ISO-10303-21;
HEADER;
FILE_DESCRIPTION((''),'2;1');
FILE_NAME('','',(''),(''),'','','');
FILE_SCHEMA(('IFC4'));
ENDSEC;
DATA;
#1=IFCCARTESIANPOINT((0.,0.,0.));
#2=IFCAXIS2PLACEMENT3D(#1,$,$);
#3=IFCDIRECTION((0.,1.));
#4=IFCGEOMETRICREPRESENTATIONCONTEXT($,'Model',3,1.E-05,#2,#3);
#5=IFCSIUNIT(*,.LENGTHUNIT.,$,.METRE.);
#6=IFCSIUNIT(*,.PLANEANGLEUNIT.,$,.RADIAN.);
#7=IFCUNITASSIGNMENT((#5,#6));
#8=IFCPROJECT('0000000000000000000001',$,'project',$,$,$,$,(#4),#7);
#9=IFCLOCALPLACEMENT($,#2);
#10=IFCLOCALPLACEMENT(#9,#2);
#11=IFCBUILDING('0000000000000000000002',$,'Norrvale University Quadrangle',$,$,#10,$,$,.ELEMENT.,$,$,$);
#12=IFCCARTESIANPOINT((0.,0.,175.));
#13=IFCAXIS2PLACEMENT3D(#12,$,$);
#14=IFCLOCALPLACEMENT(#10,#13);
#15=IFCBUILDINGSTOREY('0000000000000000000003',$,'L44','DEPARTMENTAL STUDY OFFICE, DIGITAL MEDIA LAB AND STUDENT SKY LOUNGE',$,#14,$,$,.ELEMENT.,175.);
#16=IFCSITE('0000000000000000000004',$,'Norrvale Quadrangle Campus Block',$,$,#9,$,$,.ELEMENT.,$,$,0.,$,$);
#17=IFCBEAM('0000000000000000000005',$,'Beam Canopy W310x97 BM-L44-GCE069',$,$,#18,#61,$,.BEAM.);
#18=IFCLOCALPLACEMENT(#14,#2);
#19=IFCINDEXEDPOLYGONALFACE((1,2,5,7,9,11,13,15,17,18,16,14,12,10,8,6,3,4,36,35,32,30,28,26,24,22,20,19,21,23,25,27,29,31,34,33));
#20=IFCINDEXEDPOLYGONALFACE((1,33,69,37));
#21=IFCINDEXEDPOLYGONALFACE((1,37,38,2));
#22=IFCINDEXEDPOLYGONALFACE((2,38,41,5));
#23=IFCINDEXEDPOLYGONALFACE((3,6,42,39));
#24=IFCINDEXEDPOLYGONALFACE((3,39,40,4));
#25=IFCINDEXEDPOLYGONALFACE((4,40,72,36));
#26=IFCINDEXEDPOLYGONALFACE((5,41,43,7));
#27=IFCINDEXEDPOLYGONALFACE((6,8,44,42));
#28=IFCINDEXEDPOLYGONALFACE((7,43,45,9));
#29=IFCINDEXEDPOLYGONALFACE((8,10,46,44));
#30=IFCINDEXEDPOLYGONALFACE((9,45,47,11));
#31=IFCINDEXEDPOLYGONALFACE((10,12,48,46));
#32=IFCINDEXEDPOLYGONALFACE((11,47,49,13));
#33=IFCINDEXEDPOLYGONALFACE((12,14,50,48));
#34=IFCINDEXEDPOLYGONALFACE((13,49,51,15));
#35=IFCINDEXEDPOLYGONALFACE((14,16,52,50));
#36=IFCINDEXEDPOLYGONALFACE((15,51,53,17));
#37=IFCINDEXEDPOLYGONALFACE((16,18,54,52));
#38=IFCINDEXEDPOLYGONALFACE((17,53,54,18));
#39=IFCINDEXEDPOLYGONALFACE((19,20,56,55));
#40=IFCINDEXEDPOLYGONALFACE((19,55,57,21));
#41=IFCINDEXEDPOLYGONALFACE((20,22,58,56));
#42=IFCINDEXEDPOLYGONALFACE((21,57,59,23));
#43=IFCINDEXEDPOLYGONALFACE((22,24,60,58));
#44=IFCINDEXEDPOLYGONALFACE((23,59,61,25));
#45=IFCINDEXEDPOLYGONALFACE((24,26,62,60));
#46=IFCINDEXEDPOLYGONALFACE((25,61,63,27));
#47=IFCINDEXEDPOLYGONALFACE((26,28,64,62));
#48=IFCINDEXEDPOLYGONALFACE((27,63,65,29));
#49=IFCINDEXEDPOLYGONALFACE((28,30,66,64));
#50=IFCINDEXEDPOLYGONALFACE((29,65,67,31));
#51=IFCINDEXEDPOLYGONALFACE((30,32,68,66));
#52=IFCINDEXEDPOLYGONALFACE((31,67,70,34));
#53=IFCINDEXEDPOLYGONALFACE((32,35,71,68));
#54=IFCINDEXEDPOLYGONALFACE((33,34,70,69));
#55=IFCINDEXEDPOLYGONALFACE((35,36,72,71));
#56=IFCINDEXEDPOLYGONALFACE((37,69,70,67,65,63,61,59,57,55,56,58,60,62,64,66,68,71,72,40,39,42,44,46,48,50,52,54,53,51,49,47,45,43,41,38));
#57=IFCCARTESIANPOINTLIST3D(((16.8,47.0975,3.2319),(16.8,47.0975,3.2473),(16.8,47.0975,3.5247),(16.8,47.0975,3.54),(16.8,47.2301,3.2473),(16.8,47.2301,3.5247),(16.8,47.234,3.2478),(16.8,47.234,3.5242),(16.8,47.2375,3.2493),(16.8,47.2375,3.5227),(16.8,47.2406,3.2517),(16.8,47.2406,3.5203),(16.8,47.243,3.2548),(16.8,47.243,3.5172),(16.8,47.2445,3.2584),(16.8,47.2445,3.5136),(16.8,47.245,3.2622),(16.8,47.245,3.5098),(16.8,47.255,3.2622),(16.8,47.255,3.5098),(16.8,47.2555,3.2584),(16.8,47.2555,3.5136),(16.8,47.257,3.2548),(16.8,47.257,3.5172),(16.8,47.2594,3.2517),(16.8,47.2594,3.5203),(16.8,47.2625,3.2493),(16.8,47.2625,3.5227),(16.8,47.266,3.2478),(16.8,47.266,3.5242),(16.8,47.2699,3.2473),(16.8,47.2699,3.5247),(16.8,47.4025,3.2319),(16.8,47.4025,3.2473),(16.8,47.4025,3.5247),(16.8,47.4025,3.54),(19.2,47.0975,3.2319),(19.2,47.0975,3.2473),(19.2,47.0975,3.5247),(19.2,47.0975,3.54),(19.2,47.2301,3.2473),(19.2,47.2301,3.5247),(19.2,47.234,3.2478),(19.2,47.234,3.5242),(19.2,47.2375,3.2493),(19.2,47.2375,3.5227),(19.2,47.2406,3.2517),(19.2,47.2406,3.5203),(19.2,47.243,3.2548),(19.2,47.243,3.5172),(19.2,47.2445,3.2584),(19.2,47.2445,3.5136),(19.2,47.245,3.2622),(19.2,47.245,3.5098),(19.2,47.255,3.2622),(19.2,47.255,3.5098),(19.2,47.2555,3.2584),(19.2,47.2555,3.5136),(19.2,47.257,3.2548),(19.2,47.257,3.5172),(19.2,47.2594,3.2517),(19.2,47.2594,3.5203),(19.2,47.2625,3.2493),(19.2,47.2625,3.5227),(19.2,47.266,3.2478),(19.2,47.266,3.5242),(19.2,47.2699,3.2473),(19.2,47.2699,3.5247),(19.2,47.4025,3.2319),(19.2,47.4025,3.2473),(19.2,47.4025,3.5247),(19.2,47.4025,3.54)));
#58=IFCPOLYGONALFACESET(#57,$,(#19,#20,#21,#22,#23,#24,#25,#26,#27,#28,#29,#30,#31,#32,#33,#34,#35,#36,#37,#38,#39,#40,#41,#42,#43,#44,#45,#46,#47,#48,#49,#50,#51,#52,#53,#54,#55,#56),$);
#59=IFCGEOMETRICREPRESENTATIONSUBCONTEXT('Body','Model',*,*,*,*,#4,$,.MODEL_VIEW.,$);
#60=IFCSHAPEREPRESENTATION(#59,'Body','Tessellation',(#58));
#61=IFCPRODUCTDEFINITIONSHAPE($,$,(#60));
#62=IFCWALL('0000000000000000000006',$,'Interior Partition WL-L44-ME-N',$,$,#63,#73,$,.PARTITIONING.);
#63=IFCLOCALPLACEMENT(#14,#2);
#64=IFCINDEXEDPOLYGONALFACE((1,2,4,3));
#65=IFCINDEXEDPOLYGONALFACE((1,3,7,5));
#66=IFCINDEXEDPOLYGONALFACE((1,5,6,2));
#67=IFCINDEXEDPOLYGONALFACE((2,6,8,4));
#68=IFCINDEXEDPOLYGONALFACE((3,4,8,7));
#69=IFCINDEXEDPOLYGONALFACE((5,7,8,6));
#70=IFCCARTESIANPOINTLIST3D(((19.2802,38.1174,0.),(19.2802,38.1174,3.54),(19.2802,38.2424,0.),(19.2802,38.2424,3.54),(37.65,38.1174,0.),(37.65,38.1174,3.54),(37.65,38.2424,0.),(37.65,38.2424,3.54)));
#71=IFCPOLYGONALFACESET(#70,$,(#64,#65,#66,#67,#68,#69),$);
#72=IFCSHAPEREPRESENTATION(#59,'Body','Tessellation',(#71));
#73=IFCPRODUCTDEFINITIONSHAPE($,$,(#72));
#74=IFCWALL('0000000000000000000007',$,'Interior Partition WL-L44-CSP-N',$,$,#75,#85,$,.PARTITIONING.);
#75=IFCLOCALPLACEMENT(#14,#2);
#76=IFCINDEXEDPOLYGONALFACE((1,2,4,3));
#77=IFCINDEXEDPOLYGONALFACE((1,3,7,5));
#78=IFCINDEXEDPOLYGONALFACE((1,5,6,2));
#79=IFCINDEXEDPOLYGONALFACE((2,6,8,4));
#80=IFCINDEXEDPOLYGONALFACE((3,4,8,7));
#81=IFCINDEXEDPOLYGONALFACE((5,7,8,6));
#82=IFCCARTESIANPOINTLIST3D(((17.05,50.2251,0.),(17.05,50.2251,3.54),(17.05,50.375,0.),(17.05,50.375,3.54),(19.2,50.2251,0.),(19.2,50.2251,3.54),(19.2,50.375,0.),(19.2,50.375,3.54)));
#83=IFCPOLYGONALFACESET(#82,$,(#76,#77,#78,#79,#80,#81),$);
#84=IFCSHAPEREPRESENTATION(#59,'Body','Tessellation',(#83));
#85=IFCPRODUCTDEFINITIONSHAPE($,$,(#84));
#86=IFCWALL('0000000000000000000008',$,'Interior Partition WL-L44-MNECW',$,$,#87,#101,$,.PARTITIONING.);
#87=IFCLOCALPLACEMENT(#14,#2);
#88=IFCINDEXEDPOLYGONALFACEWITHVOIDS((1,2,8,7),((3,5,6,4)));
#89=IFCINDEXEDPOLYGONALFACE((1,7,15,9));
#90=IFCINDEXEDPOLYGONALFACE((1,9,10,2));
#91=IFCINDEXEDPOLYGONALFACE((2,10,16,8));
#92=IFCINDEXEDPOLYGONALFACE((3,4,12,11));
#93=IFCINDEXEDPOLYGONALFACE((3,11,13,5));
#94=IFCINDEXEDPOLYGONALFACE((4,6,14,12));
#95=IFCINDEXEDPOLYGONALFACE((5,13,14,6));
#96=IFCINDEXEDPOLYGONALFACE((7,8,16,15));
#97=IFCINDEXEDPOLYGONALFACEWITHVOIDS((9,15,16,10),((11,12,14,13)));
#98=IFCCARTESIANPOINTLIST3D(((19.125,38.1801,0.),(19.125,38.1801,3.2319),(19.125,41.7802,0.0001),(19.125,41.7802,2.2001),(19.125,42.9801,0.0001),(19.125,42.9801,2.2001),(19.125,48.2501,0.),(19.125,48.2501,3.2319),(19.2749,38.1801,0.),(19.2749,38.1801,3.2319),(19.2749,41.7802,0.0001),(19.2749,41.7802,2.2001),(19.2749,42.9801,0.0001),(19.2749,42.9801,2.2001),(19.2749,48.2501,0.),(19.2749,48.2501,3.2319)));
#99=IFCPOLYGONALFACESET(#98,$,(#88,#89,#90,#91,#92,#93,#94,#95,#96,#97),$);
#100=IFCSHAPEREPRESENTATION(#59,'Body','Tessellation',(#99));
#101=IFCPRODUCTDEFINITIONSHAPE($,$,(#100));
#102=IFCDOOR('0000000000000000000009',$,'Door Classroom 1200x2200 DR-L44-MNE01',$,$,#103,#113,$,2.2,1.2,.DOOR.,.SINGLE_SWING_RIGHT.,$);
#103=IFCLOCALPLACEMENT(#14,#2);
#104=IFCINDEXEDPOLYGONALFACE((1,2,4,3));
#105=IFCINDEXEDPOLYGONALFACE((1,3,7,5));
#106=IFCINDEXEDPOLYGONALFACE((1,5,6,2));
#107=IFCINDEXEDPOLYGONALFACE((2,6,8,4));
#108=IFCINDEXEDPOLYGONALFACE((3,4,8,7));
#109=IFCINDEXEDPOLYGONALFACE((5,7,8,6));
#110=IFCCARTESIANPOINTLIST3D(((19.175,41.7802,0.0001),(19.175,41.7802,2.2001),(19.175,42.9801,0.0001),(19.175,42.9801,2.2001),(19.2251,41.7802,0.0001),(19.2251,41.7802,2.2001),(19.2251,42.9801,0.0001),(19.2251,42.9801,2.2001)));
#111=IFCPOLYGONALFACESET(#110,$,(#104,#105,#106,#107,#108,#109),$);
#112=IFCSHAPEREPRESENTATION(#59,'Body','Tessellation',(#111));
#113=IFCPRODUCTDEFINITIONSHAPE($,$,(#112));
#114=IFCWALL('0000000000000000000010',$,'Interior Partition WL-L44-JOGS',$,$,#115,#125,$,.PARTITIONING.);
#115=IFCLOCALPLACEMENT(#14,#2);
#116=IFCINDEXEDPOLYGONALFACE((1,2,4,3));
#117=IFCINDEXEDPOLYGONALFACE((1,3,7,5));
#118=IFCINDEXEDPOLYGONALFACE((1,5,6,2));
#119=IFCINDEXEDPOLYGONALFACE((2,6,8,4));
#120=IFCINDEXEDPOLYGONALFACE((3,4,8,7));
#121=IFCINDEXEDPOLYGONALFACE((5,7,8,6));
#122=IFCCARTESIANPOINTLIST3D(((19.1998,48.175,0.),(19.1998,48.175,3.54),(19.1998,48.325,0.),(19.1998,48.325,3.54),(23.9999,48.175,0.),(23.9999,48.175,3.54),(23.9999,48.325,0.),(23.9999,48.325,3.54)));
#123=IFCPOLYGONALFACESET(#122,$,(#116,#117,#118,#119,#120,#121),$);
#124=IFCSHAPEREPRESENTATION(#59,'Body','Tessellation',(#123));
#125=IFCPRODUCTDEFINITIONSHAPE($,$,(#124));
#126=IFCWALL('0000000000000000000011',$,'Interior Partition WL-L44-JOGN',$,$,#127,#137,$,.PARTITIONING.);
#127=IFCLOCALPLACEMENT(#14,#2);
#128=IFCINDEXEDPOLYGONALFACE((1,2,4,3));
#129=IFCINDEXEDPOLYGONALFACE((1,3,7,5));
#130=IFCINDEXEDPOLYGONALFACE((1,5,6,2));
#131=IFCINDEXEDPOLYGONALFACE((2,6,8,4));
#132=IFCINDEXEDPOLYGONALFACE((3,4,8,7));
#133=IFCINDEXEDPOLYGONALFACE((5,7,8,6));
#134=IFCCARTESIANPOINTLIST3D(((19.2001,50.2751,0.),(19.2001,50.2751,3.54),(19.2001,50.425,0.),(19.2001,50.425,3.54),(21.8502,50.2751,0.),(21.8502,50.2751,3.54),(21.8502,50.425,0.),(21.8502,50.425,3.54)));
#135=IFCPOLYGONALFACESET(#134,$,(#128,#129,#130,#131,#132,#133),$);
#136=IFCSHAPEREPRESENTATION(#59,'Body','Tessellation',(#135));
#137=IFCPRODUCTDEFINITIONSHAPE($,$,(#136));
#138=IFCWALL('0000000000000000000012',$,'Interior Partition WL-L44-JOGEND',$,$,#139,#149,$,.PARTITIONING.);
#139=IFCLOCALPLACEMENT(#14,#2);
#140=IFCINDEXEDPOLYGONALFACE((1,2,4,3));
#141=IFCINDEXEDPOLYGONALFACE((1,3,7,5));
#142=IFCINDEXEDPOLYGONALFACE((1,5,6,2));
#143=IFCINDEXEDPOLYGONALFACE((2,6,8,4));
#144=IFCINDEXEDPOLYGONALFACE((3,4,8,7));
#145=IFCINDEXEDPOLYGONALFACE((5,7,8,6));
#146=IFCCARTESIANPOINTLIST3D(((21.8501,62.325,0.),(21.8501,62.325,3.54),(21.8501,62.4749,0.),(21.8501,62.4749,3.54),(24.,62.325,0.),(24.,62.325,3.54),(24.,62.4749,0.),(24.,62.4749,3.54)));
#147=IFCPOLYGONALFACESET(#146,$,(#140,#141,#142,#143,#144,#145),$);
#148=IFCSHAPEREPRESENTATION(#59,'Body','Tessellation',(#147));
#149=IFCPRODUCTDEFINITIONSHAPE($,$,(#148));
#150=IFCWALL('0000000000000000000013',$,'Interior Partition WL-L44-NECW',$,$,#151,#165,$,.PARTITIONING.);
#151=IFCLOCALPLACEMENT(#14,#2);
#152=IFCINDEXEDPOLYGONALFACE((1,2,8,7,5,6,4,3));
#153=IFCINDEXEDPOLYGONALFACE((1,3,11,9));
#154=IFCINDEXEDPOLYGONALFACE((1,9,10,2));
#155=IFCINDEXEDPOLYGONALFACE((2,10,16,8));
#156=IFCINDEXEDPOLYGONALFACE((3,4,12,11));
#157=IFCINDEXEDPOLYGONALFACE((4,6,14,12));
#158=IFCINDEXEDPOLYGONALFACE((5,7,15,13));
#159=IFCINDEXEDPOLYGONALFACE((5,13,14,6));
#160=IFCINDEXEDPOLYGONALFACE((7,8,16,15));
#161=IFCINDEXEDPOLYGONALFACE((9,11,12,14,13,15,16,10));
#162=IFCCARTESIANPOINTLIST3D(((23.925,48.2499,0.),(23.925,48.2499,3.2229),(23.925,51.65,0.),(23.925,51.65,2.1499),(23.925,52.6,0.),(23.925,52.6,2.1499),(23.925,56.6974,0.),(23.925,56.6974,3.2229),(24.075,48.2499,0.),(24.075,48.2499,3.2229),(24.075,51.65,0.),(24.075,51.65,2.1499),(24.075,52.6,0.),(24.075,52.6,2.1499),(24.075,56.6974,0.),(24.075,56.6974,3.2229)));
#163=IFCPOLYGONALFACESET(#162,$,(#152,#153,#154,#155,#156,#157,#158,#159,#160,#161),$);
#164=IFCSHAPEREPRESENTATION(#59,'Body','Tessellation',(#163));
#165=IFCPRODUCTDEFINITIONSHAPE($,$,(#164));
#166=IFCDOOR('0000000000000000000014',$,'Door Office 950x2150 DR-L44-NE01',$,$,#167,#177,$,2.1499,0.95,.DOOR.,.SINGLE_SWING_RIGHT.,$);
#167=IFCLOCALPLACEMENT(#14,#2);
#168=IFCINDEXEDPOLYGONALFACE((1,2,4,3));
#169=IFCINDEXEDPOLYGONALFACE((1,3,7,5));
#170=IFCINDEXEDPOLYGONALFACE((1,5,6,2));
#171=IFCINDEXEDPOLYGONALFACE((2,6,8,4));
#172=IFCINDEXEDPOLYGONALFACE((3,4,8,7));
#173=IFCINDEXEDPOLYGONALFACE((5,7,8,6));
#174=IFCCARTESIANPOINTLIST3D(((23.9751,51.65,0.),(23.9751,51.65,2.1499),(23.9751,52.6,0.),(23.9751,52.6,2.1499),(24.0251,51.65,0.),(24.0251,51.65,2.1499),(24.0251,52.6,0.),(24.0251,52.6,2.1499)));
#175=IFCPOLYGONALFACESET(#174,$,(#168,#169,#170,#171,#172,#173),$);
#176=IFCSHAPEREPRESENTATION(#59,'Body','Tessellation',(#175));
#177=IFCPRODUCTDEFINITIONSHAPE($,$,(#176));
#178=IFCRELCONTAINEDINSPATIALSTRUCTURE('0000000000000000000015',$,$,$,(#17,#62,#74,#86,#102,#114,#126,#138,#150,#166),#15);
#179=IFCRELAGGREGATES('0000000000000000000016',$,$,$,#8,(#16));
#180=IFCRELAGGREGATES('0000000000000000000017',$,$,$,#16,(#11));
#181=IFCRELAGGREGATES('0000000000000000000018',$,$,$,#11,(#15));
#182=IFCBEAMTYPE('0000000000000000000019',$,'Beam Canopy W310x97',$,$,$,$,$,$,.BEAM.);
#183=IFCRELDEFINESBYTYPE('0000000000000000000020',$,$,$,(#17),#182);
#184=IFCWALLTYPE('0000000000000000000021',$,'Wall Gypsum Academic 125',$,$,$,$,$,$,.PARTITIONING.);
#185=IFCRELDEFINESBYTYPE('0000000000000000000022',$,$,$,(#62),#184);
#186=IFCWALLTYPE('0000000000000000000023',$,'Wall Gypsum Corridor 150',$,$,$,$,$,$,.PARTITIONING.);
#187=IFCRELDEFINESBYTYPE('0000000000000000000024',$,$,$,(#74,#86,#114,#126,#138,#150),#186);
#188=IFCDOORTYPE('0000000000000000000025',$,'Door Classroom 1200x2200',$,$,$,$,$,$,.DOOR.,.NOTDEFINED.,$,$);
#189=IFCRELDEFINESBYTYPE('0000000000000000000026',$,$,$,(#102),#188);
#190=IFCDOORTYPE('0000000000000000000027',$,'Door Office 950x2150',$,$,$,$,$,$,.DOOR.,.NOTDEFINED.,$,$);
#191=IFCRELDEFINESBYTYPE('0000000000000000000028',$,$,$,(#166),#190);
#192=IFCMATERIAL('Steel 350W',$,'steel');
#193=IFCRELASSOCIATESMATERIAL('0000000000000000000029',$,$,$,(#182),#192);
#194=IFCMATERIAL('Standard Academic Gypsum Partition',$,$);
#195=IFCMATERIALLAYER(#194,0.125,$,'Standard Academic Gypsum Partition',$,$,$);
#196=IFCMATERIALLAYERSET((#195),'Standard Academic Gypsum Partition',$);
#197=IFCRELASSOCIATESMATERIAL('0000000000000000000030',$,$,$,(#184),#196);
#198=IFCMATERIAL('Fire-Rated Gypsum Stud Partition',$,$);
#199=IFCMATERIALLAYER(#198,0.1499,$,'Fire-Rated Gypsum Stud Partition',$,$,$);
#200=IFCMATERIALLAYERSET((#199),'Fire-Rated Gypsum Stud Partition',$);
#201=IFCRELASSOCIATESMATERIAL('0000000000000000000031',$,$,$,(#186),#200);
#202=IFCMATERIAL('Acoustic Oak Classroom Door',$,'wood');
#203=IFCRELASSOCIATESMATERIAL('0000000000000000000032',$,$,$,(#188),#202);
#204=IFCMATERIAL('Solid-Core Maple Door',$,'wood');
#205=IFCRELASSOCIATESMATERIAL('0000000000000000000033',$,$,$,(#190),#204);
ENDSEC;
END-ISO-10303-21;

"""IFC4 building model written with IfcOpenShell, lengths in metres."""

from ifc_helpers import new_model, si_unit, direction, frame, frame_2d, origin, origin_2d, place, context, subcontext, project, spatial, rectangle, i_section, extrude, material, layer, layer_set, material_profile, profile_set, type_object, element, fill, save


model = new_model("IFC4")

# Units and contexts
model_context = context("Model", 3, precision=1e-05, world=origin(), true_north=direction((0.0, 1.0)))
body_context = subcontext(model_context, "Body", "Model", "MODEL_VIEW")
ifc_project = project(units=[si_unit("LENGTHUNIT", "METRE"), si_unit("PLANEANGLEUNIT", "RADIAN")], contexts=[model_context])

# Site, building, storey
site_placement = place(None, origin())
site = spatial("IfcSite", under=ifc_project, at=site_placement, Name="Norrvale Quadrangle Campus Block", CompositionType="ELEMENT", RefElevation=0.0)
building_placement = place(site_placement, origin())
building = spatial("IfcBuilding", under=site, at=building_placement, Name="Norrvale University Quadrangle", CompositionType="ELEMENT")
storey_placement = place(building_placement, frame((0.0, 0.0, 175.0)))
storey = spatial("IfcBuildingStorey", under=building, at=storey_placement, Name="L44", Description="DEPARTMENTAL STUDY OFFICE, DIGITAL MEDIA LAB AND STUDENT SKY LOUNGE", CompositionType="ELEMENT", Elevation=175.0)

# Beam
ifc_material_1 = material(Name="Steel 350W", Category="steel")
ifc_material_profile_1 = material_profile(ifc_material_1, i_section(OverallWidth=0.3049, OverallDepth=0.3081, WebThickness=0.01, FlangeThickness=0.0154, FilletRadius=0.0149, at=origin_2d()), Name="Steel 350W")
ifc_profile_set_1 = profile_set([ifc_material_profile_1], Name="Steel 350W")
beam_type_1 = type_object("IfcBeamType", Name="Beam Canopy W310x97", PredefinedType="BEAM", material=ifc_profile_set_1)
beam_1_placement = place(storey_placement, frame((16.8, 47.25, 3.386), z_axis=(1.0, 0.0, 0.0), x_axis=(0.0, 1.0, 0.0)))
element("IfcBeam", 1, at=beam_1_placement, inside=storey, type_object=beam_type_1, Name="Beam Canopy W310x97 BM-L44-GCE069", PredefinedType="BEAM", context=body_context, shape_type="SweptSolid", body=[
    extrude(i_section(OverallWidth=0.3049, OverallDepth=0.3081, WebThickness=0.01, FlangeThickness=0.0154, FilletRadius=0.0149, at=origin_2d()), origin(), (0.0, 0.0, 1.0), 2.3999),
])

# Walls
ifc_material_2 = material(Name="Standard Academic Gypsum Partition")
ifc_layer_1 = layer(ifc_material_2, 0.125, Name="Standard Academic Gypsum Partition")
ifc_layer_set_1 = layer_set([ifc_layer_1], Name="Standard Academic Gypsum Partition")
wall_type_1 = type_object("IfcWallType", Name="Wall Gypsum Academic 125", PredefinedType="PARTITIONING", material=ifc_layer_set_1)
wall_1_placement = place(storey_placement, frame((19.28, 38.1799, 0.0), z_axis=(0.0, 0.0, 1.0), x_axis=(1.0, 0.0, 0.0)))
element("IfcWall", 2, at=wall_1_placement, inside=storey, type_object=wall_type_1, Name="Interior Partition WL-L44-ME-N", PredefinedType="PARTITIONING", context=body_context, shape_type="SweptSolid", body=[
    extrude(rectangle(XDim=18.3699, YDim=0.125, at=frame_2d((9.1851, 0.0))), origin(), (0.0, 0.0, 1.0), 3.54),
])
ifc_material_3 = material(Name="Fire-Rated Gypsum Stud Partition")
ifc_layer_2 = layer(ifc_material_3, 0.1499, Name="Fire-Rated Gypsum Stud Partition")
ifc_layer_set_2 = layer_set([ifc_layer_2], Name="Fire-Rated Gypsum Stud Partition")
wall_type_2 = type_object("IfcWallType", Name="Wall Gypsum Corridor 150", PredefinedType="PARTITIONING", material=ifc_layer_set_2)
wall_2_placement = place(storey_placement, frame((17.05, 50.3, 0.0), z_axis=(0.0, 0.0, 1.0), x_axis=(1.0, 0.0, 0.0)))
element("IfcWall", 3, at=wall_2_placement, inside=storey, type_object=wall_type_2, Name="Interior Partition WL-L44-CSP-N", PredefinedType="PARTITIONING", context=body_context, shape_type="SweptSolid", body=[
    extrude(rectangle(XDim=2.1499, YDim=0.1499, at=frame_2d((1.075, 0.0))), origin(), (0.0, 0.0, 1.0), 3.54),
])

# Wall, opening, door
wall_3_placement = place(storey_placement, frame((19.2, 38.1799, 0.0), z_axis=(0.0, 0.0, 1.0), x_axis=(0.0, 1.0, 0.0)))
wall_3 = element("IfcWall", 4, at=wall_3_placement, inside=storey, type_object=wall_type_2, Name="Interior Partition WL-L44-MNECW", PredefinedType="PARTITIONING", context=body_context, shape_type="SweptSolid", body=[
    extrude(rectangle(XDim=10.0701, YDim=0.1499, at=frame_2d((5.0352, 0.0))), origin(), (0.0, 0.0, 1.0), 3.2319),
])
opening_1_placement = place(wall_3_placement, frame((3.6001, 0.0, 0.0)))
opening_1 = element("IfcOpeningElement", 5, at=opening_1_placement, cuts=wall_3, PredefinedType="OPENING", context=body_context, shape_type="SweptSolid", body=[
    extrude(rectangle(XDim=1.2, YDim=2.2, at=frame_2d((0.6001, 1.1001))), frame((0.0, 0.0869, 0.0), z_axis=(0.0, -1.0, 0.0), x_axis=(1.0, 0.0, 0.0)), (0.0, 0.0, 1.0), 0.1738),
])
ifc_material_4 = material(Name="Acoustic Oak Classroom Door", Category="wood")
door_type_1 = type_object("IfcDoorType", Name="Door Classroom 1200x2200", OperationType="NOTDEFINED", PredefinedType="DOOR", material=ifc_material_4)
door_1_placement = place(opening_1_placement, origin())
door_1 = element("IfcDoor", 6, at=door_1_placement, inside=storey, type_object=door_type_1, Name="Door Classroom 1200x2200 DR-L44-MNE01", OperationType="SINGLE_SWING_RIGHT", OverallHeight=2.2, OverallWidth=1.2, PredefinedType="DOOR", context=body_context, shape_type="SweptSolid", body=[
    extrude(rectangle(XDim=1.2, YDim=2.2, at=frame_2d((0.6001, 1.1001))), frame((0.0, 0.0249, 0.0), z_axis=(0.0, -1.0, 0.0), x_axis=(1.0, 0.0, 0.0)), (0.0, 0.0, 1.0), 0.05),
])
fill(opening_1, door_1)

# Walls
wall_4_placement = place(storey_placement, frame((19.2, 48.25, 0.0), z_axis=(0.0, 0.0, 1.0), x_axis=(1.0, 0.0, 0.0)))
element("IfcWall", 7, at=wall_4_placement, inside=storey, type_object=wall_type_2, Name="Interior Partition WL-L44-JOGS", PredefinedType="PARTITIONING", context=body_context, shape_type="SweptSolid", body=[
    extrude(rectangle(XDim=4.8, YDim=0.1499, at=frame_2d((2.3999, 0.0))), origin(), (0.0, 0.0, 1.0), 3.54),
])
wall_5_placement = place(storey_placement, frame((19.2, 50.3501, 0.0), z_axis=(0.0, 0.0, 1.0), x_axis=(1.0, 0.0, 0.0)))
element("IfcWall", 8, at=wall_5_placement, inside=storey, type_object=wall_type_2, Name="Interior Partition WL-L44-JOGN", PredefinedType="PARTITIONING", context=body_context, shape_type="SweptSolid", body=[
    extrude(rectangle(XDim=2.6501, YDim=0.1499, at=frame_2d((1.3252, 0.0))), origin(), (0.0, 0.0, 1.0), 3.54),
])
wall_6_placement = place(storey_placement, frame((21.8501, 62.3999, 0.0), z_axis=(0.0, 0.0, 1.0), x_axis=(1.0, 0.0, 0.0)))
element("IfcWall", 9, at=wall_6_placement, inside=storey, type_object=wall_type_2, Name="Interior Partition WL-L44-JOGEND", PredefinedType="PARTITIONING", context=body_context, shape_type="SweptSolid", body=[
    extrude(rectangle(XDim=2.1499, YDim=0.1499, at=frame_2d((1.075, 0.0))), origin(), (0.0, 0.0, 1.0), 3.54),
])

# Wall, opening, door
wall_7_placement = place(storey_placement, frame((24.0, 48.25, 0.0), z_axis=(0.0, 0.0, 1.0), x_axis=(0.0, 1.0, 0.0)))
wall_7 = element("IfcWall", 10, at=wall_7_placement, inside=storey, type_object=wall_type_2, Name="Interior Partition WL-L44-NECW", PredefinedType="PARTITIONING", context=body_context, shape_type="SweptSolid", body=[
    extrude(rectangle(XDim=8.4475, YDim=0.1499, at=frame_2d((4.2236, 0.0))), origin(), (0.0, 0.0, 1.0), 3.2229),
])
opening_2_placement = place(wall_7_placement, frame((3.3999, 0.0, 0.0)))
opening_2 = element("IfcOpeningElement", 11, at=opening_2_placement, cuts=wall_7, PredefinedType="OPENING", context=body_context, shape_type="SweptSolid", body=[
    extrude(rectangle(XDim=0.95, YDim=2.1499, at=frame_2d((0.4751, 1.075))), frame((0.0, 0.0869, 0.0), z_axis=(0.0, -1.0, 0.0), x_axis=(1.0, 0.0, 0.0)), (0.0, 0.0, 1.0), 0.1738),
])
ifc_material_5 = material(Name="Solid-Core Maple Door", Category="wood")
door_type_2 = type_object("IfcDoorType", Name="Door Office 950x2150", OperationType="NOTDEFINED", PredefinedType="DOOR", material=ifc_material_5)
door_2_placement = place(opening_2_placement, origin())
door_2 = element("IfcDoor", 12, at=door_2_placement, inside=storey, type_object=door_type_2, Name="Door Office 950x2150 DR-L44-NE01", OperationType="SINGLE_SWING_RIGHT", OverallHeight=2.1499, OverallWidth=0.95, PredefinedType="DOOR", context=body_context, shape_type="SweptSolid", body=[
    extrude(rectangle(XDim=0.95, YDim=2.1499, at=frame_2d((0.4751, 1.075))), frame((0.0, 0.0249, 0.0), z_axis=(0.0, -1.0, 0.0), x_axis=(1.0, 0.0, 0.0)), (0.0, 0.0, 1.0), 0.05),
])
fill(opening_2, door_2)

save(model, "model.ifc")
